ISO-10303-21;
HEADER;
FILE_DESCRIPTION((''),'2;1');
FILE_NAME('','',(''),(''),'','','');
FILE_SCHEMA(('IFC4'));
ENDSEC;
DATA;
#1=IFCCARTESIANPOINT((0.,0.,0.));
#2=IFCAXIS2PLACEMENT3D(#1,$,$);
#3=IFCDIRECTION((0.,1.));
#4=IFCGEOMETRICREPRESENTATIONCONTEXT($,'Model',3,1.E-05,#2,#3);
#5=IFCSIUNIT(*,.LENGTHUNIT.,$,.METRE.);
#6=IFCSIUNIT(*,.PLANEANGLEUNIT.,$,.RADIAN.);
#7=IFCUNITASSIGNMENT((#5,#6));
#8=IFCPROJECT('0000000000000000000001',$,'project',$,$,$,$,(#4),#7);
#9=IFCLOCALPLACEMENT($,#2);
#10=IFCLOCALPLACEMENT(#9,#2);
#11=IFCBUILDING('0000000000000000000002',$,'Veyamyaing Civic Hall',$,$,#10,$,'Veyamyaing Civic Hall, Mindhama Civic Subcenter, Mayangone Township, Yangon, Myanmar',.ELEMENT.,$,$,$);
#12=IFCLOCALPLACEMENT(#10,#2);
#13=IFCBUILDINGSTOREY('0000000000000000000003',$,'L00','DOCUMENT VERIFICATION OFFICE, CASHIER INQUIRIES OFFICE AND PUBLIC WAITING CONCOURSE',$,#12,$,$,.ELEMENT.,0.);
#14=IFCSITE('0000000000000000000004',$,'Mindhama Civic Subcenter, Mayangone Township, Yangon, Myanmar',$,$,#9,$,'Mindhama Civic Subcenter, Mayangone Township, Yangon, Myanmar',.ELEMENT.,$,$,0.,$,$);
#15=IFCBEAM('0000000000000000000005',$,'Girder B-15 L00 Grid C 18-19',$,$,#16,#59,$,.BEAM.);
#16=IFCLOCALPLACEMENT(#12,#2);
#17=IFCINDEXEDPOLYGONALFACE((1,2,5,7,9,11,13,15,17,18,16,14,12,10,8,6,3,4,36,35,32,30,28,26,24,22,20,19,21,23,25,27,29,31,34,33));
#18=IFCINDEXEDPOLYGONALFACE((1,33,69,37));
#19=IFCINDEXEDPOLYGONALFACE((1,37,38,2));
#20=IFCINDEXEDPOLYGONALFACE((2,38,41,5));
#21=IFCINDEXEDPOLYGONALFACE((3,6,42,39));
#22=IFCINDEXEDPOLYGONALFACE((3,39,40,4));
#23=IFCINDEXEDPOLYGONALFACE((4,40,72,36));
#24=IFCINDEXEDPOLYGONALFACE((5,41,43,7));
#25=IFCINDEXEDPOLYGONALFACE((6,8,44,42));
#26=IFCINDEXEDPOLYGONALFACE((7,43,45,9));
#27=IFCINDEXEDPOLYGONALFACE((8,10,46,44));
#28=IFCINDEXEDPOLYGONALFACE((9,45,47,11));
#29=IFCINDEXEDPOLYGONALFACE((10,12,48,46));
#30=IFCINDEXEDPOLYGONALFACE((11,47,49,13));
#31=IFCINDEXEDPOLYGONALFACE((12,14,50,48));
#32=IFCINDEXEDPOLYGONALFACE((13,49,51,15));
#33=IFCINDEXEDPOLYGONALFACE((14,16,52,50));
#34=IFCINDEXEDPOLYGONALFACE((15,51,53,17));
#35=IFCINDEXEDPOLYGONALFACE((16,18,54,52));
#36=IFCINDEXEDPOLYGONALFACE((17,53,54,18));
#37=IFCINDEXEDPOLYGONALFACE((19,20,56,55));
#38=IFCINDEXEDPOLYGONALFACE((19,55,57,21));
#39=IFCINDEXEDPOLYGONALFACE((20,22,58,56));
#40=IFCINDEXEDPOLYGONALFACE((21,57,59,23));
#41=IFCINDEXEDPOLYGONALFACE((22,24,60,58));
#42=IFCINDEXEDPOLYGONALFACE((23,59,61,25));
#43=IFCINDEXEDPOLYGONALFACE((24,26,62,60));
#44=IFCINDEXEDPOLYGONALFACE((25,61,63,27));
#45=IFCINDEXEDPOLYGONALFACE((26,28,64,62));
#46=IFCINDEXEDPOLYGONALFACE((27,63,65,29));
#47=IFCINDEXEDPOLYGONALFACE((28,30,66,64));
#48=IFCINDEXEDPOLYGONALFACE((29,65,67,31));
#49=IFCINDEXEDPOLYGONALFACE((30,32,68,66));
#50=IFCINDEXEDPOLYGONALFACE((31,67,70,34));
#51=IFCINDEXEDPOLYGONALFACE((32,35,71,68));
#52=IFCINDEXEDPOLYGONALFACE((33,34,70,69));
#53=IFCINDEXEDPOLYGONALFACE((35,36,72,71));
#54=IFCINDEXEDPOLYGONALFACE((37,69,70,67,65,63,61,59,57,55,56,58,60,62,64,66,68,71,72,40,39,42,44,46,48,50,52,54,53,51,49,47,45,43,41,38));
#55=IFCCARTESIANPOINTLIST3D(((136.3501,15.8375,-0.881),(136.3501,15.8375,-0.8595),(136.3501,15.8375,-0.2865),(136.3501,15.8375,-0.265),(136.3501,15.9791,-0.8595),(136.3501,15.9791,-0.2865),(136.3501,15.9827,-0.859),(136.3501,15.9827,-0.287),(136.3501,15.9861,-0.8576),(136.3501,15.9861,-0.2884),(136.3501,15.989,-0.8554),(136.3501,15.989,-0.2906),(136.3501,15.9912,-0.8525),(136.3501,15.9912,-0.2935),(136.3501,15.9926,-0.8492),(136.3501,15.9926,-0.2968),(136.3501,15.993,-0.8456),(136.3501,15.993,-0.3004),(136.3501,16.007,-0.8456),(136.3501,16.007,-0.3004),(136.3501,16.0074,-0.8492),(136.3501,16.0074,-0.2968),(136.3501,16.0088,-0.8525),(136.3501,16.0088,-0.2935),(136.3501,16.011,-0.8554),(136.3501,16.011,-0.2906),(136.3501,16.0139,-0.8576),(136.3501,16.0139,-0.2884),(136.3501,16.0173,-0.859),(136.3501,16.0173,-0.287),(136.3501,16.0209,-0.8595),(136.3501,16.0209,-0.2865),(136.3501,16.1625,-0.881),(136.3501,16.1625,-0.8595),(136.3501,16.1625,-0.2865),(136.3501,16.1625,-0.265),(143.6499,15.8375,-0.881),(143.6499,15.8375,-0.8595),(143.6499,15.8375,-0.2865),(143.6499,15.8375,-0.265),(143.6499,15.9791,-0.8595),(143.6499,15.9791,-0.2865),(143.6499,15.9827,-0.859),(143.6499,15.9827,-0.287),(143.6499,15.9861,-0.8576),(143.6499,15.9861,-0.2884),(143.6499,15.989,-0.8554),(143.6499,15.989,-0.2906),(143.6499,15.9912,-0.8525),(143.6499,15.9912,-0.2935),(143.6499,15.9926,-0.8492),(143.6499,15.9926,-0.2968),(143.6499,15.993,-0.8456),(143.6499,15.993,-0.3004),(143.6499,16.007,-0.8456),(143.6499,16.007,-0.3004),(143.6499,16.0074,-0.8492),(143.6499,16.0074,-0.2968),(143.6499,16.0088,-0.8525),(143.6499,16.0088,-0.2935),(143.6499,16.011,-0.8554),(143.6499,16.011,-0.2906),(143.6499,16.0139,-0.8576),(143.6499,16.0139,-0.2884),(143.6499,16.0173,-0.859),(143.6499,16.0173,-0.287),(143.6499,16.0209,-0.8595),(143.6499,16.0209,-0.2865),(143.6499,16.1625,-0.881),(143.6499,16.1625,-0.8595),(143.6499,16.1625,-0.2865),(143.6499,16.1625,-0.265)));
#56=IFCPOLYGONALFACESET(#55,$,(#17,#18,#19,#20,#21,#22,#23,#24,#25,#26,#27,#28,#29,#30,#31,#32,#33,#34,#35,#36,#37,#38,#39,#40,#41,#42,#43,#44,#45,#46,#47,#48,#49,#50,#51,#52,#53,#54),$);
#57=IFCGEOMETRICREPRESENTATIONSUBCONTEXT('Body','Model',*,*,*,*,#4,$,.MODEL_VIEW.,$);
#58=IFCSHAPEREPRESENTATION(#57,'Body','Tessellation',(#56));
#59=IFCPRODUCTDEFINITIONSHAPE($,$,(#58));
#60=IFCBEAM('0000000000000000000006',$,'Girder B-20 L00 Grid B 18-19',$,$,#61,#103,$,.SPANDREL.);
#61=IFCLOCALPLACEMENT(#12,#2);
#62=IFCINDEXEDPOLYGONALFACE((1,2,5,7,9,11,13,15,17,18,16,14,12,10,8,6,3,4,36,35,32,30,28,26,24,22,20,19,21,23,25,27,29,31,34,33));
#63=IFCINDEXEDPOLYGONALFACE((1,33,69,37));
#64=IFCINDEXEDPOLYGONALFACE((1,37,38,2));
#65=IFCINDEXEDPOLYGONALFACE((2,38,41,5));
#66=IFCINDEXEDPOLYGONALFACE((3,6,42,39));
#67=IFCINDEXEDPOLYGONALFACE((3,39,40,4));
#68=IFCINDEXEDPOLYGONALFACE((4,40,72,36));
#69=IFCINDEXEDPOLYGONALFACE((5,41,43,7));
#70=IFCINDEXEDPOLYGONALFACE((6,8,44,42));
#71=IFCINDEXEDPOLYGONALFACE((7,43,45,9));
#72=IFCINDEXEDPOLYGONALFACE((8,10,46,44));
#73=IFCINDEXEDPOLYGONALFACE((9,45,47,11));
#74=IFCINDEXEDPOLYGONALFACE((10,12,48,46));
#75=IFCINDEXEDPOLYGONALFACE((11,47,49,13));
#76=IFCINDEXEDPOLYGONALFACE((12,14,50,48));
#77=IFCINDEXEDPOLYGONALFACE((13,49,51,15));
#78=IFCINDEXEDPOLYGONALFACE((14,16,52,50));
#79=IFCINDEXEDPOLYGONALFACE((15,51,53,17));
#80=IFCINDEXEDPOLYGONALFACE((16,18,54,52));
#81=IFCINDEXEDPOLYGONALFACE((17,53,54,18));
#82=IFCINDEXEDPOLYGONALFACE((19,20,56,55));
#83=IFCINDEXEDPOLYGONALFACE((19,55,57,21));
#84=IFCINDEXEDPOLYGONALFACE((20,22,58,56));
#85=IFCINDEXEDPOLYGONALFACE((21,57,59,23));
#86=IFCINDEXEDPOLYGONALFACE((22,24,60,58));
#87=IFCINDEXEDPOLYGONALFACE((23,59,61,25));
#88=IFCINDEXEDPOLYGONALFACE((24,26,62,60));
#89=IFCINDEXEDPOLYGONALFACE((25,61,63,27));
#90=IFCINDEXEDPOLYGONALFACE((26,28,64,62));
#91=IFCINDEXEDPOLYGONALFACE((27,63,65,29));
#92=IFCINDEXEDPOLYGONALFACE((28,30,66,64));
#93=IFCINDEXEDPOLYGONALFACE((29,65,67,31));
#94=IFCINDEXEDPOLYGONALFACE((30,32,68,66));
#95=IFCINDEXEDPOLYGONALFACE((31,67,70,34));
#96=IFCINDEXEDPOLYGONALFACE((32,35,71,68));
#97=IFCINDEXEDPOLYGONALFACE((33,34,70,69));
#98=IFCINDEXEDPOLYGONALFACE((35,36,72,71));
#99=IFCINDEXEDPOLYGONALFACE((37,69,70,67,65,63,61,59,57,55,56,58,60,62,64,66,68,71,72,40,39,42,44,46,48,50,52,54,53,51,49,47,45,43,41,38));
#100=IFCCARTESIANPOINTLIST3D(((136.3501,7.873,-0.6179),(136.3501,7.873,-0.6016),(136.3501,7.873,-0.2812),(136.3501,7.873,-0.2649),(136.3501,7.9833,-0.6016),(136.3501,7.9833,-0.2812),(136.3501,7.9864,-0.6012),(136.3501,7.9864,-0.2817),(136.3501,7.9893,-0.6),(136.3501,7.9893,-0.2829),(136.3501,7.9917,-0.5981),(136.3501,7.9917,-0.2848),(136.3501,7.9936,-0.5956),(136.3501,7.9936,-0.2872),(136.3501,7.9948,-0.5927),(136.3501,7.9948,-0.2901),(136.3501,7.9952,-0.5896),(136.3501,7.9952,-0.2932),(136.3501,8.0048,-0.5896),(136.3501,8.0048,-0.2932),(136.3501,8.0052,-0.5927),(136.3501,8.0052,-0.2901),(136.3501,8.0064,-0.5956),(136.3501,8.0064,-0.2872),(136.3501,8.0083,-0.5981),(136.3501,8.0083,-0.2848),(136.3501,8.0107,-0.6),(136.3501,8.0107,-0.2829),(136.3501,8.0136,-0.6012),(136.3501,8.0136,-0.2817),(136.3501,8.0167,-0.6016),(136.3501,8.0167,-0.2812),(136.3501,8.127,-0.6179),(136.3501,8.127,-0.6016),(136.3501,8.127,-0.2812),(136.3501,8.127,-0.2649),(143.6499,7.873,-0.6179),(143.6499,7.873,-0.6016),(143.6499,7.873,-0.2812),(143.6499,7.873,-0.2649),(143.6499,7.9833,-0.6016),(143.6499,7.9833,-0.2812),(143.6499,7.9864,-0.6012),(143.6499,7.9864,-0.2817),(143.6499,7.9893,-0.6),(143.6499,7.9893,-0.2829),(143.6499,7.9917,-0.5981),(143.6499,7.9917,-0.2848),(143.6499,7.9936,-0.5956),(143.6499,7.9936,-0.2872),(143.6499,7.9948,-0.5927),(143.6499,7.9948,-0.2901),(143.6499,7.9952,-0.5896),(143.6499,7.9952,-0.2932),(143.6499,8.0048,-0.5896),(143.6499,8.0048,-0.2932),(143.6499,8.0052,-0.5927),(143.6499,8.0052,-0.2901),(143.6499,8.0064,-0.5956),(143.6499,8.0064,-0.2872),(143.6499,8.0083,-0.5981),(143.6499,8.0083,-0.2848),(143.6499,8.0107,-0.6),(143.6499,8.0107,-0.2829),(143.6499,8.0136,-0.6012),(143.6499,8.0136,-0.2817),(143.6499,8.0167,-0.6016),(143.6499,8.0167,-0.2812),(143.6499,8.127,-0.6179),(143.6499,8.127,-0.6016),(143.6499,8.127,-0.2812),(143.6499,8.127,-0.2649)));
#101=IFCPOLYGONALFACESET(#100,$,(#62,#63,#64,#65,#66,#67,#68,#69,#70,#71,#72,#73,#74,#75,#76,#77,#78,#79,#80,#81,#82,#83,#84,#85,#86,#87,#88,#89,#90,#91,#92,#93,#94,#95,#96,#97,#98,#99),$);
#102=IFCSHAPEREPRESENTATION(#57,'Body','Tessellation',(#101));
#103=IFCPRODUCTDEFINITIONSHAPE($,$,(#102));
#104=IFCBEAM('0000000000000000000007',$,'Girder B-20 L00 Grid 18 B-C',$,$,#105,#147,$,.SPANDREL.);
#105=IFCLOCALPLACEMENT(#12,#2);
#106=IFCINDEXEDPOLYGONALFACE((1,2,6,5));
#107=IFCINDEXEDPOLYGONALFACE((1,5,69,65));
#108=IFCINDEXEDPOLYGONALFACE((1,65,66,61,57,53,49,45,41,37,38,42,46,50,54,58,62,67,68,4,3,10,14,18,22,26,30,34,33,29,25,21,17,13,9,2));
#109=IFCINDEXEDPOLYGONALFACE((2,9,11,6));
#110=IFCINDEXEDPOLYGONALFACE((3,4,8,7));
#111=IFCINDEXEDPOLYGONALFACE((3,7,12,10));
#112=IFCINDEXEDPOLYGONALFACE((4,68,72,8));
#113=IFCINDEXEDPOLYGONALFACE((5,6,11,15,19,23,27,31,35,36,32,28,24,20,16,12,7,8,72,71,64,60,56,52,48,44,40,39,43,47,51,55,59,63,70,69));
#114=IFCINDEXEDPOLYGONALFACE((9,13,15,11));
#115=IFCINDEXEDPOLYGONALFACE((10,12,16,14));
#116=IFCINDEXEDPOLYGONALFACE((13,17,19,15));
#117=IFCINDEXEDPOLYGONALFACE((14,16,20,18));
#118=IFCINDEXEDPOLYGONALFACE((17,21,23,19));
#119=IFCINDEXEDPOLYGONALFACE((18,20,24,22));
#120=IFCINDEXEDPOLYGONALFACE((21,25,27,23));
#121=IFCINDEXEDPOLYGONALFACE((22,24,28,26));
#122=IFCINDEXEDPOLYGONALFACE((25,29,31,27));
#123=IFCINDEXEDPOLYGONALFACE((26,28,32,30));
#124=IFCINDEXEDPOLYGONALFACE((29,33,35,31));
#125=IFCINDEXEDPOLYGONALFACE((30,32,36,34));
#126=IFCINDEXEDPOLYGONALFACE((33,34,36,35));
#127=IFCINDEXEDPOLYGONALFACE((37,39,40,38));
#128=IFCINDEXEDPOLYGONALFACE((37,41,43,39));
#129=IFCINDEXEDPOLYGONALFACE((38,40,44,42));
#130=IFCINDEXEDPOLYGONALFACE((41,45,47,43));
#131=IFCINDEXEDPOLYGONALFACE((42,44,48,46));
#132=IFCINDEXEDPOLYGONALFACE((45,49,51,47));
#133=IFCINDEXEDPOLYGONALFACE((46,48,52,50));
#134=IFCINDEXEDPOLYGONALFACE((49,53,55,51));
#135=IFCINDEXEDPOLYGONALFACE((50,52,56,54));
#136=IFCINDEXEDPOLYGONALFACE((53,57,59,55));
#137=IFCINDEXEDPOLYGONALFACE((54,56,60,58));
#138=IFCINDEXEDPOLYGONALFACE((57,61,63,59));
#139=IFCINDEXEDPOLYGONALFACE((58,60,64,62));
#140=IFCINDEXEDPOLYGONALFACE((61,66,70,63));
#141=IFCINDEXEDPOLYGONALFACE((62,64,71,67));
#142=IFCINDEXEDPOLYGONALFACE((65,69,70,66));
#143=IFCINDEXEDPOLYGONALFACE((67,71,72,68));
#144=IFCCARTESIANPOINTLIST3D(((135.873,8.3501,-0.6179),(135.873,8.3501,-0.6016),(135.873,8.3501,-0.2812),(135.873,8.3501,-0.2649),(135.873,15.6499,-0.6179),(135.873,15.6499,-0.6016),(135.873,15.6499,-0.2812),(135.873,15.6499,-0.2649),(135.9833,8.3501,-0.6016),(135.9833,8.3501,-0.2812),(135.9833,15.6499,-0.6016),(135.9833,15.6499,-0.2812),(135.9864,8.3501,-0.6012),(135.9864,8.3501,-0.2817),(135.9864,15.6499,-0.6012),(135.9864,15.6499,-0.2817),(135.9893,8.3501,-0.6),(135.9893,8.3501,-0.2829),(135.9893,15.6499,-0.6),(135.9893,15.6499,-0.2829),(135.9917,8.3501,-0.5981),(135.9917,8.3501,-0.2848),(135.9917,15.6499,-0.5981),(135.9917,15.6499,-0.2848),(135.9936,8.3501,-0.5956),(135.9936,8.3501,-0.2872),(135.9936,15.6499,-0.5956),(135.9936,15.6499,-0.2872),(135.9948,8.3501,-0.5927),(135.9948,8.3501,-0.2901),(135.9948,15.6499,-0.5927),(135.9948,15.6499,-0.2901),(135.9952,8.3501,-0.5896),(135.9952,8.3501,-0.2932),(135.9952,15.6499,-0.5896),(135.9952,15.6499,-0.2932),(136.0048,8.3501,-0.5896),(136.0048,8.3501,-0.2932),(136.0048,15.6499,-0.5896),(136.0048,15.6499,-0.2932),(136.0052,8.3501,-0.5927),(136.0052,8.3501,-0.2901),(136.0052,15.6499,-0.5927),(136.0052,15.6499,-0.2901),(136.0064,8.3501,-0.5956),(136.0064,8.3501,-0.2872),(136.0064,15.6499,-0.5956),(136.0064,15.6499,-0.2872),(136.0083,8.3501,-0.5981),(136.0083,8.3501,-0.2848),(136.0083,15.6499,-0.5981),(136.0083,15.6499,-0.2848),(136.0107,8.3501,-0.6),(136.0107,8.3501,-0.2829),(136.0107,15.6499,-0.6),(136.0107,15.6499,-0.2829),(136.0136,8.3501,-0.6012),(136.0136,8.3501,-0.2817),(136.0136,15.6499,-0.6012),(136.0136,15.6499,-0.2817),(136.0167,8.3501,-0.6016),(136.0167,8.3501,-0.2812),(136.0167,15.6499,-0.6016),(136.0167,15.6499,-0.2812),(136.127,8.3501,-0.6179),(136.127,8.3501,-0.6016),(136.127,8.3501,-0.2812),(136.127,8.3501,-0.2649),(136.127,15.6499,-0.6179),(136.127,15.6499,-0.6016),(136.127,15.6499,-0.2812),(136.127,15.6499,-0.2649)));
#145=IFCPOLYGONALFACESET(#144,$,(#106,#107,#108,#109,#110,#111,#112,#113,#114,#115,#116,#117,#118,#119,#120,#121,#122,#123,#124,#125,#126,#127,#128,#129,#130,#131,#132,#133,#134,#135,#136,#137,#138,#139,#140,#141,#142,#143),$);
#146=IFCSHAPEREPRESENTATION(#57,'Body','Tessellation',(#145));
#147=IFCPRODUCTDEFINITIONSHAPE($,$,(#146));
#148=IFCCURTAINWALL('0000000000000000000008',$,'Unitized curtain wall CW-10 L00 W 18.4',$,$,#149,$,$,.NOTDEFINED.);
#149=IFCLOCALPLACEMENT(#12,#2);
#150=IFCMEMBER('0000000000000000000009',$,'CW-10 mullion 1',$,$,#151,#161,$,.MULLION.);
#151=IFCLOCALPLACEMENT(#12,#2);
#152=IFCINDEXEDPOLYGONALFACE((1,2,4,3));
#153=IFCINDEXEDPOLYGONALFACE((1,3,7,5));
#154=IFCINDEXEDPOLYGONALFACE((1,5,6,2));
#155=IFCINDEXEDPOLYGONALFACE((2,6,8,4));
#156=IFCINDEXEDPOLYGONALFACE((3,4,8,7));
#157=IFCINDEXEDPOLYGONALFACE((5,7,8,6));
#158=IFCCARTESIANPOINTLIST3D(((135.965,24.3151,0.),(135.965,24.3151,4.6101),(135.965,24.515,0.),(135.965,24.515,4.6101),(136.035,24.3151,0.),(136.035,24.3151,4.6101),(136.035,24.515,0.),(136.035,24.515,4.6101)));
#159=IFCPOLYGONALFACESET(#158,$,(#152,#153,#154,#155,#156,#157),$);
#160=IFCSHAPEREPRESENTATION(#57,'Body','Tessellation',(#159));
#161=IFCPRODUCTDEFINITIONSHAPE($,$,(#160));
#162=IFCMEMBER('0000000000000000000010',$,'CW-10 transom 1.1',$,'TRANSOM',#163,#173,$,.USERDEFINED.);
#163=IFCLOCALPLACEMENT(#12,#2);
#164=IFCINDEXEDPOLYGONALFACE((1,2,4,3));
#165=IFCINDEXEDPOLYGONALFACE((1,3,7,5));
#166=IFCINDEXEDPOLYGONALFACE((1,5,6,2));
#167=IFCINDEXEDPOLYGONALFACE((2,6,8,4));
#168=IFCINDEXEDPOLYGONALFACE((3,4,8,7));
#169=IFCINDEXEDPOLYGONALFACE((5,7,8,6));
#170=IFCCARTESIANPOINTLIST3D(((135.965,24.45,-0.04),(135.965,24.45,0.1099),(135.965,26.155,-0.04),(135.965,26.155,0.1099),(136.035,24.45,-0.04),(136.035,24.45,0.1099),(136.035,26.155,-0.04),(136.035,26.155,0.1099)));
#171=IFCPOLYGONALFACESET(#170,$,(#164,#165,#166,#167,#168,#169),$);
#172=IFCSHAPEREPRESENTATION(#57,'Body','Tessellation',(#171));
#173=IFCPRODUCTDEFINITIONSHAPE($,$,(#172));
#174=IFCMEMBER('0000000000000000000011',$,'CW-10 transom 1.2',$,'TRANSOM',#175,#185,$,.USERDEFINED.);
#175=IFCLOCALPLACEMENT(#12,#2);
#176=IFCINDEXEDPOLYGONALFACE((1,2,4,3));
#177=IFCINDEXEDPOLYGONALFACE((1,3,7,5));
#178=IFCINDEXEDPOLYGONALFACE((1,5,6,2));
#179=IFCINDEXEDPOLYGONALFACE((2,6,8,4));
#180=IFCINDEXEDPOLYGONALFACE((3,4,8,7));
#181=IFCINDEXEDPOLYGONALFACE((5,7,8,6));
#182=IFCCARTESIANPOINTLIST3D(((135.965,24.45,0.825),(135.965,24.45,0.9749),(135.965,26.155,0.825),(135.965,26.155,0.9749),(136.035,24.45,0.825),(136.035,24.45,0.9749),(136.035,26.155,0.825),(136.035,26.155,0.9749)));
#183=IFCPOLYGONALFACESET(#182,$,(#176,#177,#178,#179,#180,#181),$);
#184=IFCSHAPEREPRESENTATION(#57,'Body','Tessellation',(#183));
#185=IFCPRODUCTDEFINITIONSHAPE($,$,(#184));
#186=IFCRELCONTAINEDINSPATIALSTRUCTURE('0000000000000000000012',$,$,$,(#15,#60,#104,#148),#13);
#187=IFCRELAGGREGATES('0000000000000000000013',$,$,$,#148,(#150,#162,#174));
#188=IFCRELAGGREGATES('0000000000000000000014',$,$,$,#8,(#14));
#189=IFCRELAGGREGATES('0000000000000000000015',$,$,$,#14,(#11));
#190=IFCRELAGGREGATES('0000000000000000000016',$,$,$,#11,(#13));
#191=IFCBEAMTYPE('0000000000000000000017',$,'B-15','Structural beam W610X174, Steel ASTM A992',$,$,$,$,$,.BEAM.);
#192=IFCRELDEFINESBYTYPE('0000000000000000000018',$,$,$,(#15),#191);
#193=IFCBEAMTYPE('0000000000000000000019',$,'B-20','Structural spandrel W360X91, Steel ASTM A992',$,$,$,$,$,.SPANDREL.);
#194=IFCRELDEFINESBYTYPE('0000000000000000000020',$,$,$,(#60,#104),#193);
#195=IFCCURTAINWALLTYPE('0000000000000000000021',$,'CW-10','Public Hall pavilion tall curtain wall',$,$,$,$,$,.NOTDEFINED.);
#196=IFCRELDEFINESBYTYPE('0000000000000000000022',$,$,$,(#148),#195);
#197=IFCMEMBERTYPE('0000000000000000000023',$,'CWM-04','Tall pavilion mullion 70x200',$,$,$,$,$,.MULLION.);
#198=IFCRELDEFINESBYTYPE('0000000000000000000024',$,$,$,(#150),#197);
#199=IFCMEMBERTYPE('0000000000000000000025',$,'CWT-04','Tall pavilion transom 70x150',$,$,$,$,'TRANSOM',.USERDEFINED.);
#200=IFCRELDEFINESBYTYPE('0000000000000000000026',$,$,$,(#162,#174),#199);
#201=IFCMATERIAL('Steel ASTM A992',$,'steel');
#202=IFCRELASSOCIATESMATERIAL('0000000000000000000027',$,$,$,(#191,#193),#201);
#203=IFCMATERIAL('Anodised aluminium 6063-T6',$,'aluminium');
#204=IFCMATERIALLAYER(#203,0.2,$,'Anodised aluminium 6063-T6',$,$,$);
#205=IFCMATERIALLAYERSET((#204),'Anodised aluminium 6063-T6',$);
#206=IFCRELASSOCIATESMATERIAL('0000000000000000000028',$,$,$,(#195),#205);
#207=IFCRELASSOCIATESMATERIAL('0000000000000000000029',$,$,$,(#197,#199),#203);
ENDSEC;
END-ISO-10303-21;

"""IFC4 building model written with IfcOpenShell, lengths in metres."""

from ifc_helpers import new_model, si_unit, direction, frame, origin, origin_2d, place, context, subcontext, project, spatial, rectangle, i_section, extrude, material, layer, layer_set, material_profile, profile_set, type_object, element, aggregate, save


model = new_model("IFC4")

# Units and contexts
model_context = context("Model", 3, precision=1e-05, world=origin(), true_north=direction((0.0, 1.0)))
body_context = subcontext(model_context, "Body", "Model", "MODEL_VIEW")
ifc_project = project(units=[si_unit("LENGTHUNIT", "METRE"), si_unit("PLANEANGLEUNIT", "RADIAN")], contexts=[model_context])

# Site, building, storey
site_placement = place(None, origin())
site = spatial("IfcSite", under=ifc_project, at=site_placement, Name="Mindhama Civic Subcenter, Mayangone Township, Yangon, Myanmar", LongName="Mindhama Civic Subcenter, Mayangone Township, Yangon, Myanmar", CompositionType="ELEMENT", RefElevation=0.0)
building_placement = place(site_placement, origin())
building = spatial("IfcBuilding", under=site, at=building_placement, Name="Veyamyaing Civic Hall", LongName="Veyamyaing Civic Hall, Mindhama Civic Subcenter, Mayangone Township, Yangon, Myanmar", CompositionType="ELEMENT")
storey_placement = place(building_placement, origin())
storey = spatial("IfcBuildingStorey", under=building, at=storey_placement, Name="L00", Description="DOCUMENT VERIFICATION OFFICE, CASHIER INQUIRIES OFFICE AND PUBLIC WAITING CONCOURSE", CompositionType="ELEMENT", Elevation=0.0)

# Beams
ifc_material_1 = material(Name="Steel ASTM A992", Category="steel")
ifc_material_profile_1 = material_profile(ifc_material_1, i_section(OverallWidth=0.325, OverallDepth=0.616, WebThickness=0.0139, FlangeThickness=0.0215, FilletRadius=0.0139, at=origin_2d()), Name="W610X174")
ifc_profile_set_1 = profile_set([ifc_material_profile_1], Name="Steel ASTM A992")
beam_type_1 = type_object("IfcBeamType", Name="B-15", Description="Structural beam W610X174, Steel ASTM A992", PredefinedType="BEAM", material=ifc_profile_set_1)
beam_1_placement = place(storey_placement, frame((136.3501, 16.0, -0.573), z_axis=(1.0, 0.0, 0.0), x_axis=(0.0, 1.0, 0.0)))
element("IfcBeam", 1, at=beam_1_placement, inside=storey, type_object=beam_type_1, Name="Girder B-15 L00 Grid C 18-19", PredefinedType="BEAM", context=body_context, shape_type="SweptSolid", body=[
    extrude(i_section(OverallWidth=0.325, OverallDepth=0.616, WebThickness=0.0139, FlangeThickness=0.0215, FilletRadius=0.0139, at=origin_2d()), origin(), (0.0, 0.0, 1.0), 7.2998),
])
ifc_material_profile_2 = material_profile(ifc_material_1, i_section(OverallWidth=0.2539, OverallDepth=0.353, WebThickness=0.0095, FlangeThickness=0.0164, FilletRadius=0.012, at=origin_2d()), Name="W360X91")
ifc_profile_set_2 = profile_set([ifc_material_profile_2], Name="Steel ASTM A992")
beam_type_2 = type_object("IfcBeamType", Name="B-20", Description="Structural spandrel W360X91, Steel ASTM A992", PredefinedType="SPANDREL", material=ifc_profile_set_2)
for number, where, z_axis, x_axis, name in (
    (2, (136.3501, 8.0, -0.4414), (1.0, 0.0, 0.0), (0.0, 1.0, 0.0), "Girder B-20 L00 Grid B 18-19"),
    (3, (136.0, 8.3501, -0.4414), (0.0, 1.0, 0.0), (-1.0, 0.0, 0.0), "Girder B-20 L00 Grid 18 B-C"),
):
    element("IfcBeam", number, at=place(storey_placement, frame(where, z_axis=z_axis, x_axis=x_axis)), inside=storey, type_object=beam_type_2, Name=name, PredefinedType="SPANDREL", context=body_context, shape_type="SweptSolid", body=[
        extrude(i_section(OverallWidth=0.2539, OverallDepth=0.353, WebThickness=0.0095, FlangeThickness=0.0164, FilletRadius=0.012, at=origin_2d()), origin(), (0.0, 0.0, 1.0), 7.2998),
    ])

# Curtain wall, members
ifc_material_2 = material(Name="Anodised aluminium 6063-T6", Category="aluminium")
ifc_layer_1 = layer(ifc_material_2, 0.2, Name="Anodised aluminium 6063-T6")
ifc_layer_set_1 = layer_set([ifc_layer_1], Name="Anodised aluminium 6063-T6")
curtain_wall_type = type_object("IfcCurtainWallType", Name="CW-10", Description="Public Hall pavilion tall curtain wall", PredefinedType="NOTDEFINED", material=ifc_layer_set_1)
curtain_wall_placement = place(storey_placement, origin())
curtain_wall = element("IfcCurtainWall", 4, at=curtain_wall_placement, inside=storey, type_object=curtain_wall_type, Name="Unitized curtain wall CW-10 L00 W 18.4", PredefinedType="NOTDEFINED")
ifc_material_profile_3 = material_profile(ifc_material_2, rectangle(XDim=0.0701, YDim=0.2, at=origin_2d()), Name="ALU-MUL-70X200")
ifc_profile_set_3 = profile_set([ifc_material_profile_3], Name="Anodised aluminium 6063-T6")
member_type_1 = type_object("IfcMemberType", Name="CWM-04", Description="Tall pavilion mullion 70x200", PredefinedType="MULLION", material=ifc_profile_set_3)
member_1_placement = place(storey_placement, frame((136.0, 24.415, 0.0), z_axis=(0.0, 0.0, 1.0), x_axis=(-1.0, 0.0, 0.0)))
member_1 = element("IfcMember", 5, at=member_1_placement, type_object=member_type_1, Name="CW-10 mullion 1", PredefinedType="MULLION", context=body_context, shape_type="SweptSolid", body=[
    extrude(rectangle(XDim=0.0701, YDim=0.2, at=origin_2d()), origin(), (0.0, 0.0, 1.0), 4.6101),
])
ifc_material_profile_4 = material_profile(ifc_material_2, rectangle(XDim=0.0701, YDim=0.1499, at=origin_2d()), Name="ALU-TRN-70X150")
ifc_profile_set_4 = profile_set([ifc_material_profile_4], Name="Anodised aluminium 6063-T6")
member_type_2 = type_object("IfcMemberType", Name="CWT-04", Description="Tall pavilion transom 70x150", ElementType="TRANSOM", PredefinedType="USERDEFINED", material=ifc_profile_set_4)
member_2_placement = place(storey_placement, frame((136.0, 24.45, 0.0349), z_axis=(0.0, 1.0, 0.0), x_axis=(-1.0, 0.0, 0.0)))
member_2 = element("IfcMember", 6, at=member_2_placement, type_object=member_type_2, Name="CW-10 transom 1.1", ObjectType="TRANSOM", PredefinedType="USERDEFINED", context=body_context, shape_type="SweptSolid", body=[
    extrude(rectangle(XDim=0.0701, YDim=0.1499, at=origin_2d()), origin(), (0.0, 0.0, 1.0), 1.7051),
])
member_3_placement = place(storey_placement, frame((136.0, 24.45, 0.8999), z_axis=(0.0, 1.0, 0.0), x_axis=(-1.0, 0.0, 0.0)))
member_3 = element("IfcMember", 7, at=member_3_placement, type_object=member_type_2, Name="CW-10 transom 1.2", ObjectType="TRANSOM", PredefinedType="USERDEFINED", context=body_context, shape_type="SweptSolid", body=[
    extrude(rectangle(XDim=0.0701, YDim=0.1499, at=origin_2d()), origin(), (0.0, 0.0, 1.0), 1.7051),
])
aggregate(curtain_wall, [member_1, member_2, member_3])

save(model, "model.ifc")
